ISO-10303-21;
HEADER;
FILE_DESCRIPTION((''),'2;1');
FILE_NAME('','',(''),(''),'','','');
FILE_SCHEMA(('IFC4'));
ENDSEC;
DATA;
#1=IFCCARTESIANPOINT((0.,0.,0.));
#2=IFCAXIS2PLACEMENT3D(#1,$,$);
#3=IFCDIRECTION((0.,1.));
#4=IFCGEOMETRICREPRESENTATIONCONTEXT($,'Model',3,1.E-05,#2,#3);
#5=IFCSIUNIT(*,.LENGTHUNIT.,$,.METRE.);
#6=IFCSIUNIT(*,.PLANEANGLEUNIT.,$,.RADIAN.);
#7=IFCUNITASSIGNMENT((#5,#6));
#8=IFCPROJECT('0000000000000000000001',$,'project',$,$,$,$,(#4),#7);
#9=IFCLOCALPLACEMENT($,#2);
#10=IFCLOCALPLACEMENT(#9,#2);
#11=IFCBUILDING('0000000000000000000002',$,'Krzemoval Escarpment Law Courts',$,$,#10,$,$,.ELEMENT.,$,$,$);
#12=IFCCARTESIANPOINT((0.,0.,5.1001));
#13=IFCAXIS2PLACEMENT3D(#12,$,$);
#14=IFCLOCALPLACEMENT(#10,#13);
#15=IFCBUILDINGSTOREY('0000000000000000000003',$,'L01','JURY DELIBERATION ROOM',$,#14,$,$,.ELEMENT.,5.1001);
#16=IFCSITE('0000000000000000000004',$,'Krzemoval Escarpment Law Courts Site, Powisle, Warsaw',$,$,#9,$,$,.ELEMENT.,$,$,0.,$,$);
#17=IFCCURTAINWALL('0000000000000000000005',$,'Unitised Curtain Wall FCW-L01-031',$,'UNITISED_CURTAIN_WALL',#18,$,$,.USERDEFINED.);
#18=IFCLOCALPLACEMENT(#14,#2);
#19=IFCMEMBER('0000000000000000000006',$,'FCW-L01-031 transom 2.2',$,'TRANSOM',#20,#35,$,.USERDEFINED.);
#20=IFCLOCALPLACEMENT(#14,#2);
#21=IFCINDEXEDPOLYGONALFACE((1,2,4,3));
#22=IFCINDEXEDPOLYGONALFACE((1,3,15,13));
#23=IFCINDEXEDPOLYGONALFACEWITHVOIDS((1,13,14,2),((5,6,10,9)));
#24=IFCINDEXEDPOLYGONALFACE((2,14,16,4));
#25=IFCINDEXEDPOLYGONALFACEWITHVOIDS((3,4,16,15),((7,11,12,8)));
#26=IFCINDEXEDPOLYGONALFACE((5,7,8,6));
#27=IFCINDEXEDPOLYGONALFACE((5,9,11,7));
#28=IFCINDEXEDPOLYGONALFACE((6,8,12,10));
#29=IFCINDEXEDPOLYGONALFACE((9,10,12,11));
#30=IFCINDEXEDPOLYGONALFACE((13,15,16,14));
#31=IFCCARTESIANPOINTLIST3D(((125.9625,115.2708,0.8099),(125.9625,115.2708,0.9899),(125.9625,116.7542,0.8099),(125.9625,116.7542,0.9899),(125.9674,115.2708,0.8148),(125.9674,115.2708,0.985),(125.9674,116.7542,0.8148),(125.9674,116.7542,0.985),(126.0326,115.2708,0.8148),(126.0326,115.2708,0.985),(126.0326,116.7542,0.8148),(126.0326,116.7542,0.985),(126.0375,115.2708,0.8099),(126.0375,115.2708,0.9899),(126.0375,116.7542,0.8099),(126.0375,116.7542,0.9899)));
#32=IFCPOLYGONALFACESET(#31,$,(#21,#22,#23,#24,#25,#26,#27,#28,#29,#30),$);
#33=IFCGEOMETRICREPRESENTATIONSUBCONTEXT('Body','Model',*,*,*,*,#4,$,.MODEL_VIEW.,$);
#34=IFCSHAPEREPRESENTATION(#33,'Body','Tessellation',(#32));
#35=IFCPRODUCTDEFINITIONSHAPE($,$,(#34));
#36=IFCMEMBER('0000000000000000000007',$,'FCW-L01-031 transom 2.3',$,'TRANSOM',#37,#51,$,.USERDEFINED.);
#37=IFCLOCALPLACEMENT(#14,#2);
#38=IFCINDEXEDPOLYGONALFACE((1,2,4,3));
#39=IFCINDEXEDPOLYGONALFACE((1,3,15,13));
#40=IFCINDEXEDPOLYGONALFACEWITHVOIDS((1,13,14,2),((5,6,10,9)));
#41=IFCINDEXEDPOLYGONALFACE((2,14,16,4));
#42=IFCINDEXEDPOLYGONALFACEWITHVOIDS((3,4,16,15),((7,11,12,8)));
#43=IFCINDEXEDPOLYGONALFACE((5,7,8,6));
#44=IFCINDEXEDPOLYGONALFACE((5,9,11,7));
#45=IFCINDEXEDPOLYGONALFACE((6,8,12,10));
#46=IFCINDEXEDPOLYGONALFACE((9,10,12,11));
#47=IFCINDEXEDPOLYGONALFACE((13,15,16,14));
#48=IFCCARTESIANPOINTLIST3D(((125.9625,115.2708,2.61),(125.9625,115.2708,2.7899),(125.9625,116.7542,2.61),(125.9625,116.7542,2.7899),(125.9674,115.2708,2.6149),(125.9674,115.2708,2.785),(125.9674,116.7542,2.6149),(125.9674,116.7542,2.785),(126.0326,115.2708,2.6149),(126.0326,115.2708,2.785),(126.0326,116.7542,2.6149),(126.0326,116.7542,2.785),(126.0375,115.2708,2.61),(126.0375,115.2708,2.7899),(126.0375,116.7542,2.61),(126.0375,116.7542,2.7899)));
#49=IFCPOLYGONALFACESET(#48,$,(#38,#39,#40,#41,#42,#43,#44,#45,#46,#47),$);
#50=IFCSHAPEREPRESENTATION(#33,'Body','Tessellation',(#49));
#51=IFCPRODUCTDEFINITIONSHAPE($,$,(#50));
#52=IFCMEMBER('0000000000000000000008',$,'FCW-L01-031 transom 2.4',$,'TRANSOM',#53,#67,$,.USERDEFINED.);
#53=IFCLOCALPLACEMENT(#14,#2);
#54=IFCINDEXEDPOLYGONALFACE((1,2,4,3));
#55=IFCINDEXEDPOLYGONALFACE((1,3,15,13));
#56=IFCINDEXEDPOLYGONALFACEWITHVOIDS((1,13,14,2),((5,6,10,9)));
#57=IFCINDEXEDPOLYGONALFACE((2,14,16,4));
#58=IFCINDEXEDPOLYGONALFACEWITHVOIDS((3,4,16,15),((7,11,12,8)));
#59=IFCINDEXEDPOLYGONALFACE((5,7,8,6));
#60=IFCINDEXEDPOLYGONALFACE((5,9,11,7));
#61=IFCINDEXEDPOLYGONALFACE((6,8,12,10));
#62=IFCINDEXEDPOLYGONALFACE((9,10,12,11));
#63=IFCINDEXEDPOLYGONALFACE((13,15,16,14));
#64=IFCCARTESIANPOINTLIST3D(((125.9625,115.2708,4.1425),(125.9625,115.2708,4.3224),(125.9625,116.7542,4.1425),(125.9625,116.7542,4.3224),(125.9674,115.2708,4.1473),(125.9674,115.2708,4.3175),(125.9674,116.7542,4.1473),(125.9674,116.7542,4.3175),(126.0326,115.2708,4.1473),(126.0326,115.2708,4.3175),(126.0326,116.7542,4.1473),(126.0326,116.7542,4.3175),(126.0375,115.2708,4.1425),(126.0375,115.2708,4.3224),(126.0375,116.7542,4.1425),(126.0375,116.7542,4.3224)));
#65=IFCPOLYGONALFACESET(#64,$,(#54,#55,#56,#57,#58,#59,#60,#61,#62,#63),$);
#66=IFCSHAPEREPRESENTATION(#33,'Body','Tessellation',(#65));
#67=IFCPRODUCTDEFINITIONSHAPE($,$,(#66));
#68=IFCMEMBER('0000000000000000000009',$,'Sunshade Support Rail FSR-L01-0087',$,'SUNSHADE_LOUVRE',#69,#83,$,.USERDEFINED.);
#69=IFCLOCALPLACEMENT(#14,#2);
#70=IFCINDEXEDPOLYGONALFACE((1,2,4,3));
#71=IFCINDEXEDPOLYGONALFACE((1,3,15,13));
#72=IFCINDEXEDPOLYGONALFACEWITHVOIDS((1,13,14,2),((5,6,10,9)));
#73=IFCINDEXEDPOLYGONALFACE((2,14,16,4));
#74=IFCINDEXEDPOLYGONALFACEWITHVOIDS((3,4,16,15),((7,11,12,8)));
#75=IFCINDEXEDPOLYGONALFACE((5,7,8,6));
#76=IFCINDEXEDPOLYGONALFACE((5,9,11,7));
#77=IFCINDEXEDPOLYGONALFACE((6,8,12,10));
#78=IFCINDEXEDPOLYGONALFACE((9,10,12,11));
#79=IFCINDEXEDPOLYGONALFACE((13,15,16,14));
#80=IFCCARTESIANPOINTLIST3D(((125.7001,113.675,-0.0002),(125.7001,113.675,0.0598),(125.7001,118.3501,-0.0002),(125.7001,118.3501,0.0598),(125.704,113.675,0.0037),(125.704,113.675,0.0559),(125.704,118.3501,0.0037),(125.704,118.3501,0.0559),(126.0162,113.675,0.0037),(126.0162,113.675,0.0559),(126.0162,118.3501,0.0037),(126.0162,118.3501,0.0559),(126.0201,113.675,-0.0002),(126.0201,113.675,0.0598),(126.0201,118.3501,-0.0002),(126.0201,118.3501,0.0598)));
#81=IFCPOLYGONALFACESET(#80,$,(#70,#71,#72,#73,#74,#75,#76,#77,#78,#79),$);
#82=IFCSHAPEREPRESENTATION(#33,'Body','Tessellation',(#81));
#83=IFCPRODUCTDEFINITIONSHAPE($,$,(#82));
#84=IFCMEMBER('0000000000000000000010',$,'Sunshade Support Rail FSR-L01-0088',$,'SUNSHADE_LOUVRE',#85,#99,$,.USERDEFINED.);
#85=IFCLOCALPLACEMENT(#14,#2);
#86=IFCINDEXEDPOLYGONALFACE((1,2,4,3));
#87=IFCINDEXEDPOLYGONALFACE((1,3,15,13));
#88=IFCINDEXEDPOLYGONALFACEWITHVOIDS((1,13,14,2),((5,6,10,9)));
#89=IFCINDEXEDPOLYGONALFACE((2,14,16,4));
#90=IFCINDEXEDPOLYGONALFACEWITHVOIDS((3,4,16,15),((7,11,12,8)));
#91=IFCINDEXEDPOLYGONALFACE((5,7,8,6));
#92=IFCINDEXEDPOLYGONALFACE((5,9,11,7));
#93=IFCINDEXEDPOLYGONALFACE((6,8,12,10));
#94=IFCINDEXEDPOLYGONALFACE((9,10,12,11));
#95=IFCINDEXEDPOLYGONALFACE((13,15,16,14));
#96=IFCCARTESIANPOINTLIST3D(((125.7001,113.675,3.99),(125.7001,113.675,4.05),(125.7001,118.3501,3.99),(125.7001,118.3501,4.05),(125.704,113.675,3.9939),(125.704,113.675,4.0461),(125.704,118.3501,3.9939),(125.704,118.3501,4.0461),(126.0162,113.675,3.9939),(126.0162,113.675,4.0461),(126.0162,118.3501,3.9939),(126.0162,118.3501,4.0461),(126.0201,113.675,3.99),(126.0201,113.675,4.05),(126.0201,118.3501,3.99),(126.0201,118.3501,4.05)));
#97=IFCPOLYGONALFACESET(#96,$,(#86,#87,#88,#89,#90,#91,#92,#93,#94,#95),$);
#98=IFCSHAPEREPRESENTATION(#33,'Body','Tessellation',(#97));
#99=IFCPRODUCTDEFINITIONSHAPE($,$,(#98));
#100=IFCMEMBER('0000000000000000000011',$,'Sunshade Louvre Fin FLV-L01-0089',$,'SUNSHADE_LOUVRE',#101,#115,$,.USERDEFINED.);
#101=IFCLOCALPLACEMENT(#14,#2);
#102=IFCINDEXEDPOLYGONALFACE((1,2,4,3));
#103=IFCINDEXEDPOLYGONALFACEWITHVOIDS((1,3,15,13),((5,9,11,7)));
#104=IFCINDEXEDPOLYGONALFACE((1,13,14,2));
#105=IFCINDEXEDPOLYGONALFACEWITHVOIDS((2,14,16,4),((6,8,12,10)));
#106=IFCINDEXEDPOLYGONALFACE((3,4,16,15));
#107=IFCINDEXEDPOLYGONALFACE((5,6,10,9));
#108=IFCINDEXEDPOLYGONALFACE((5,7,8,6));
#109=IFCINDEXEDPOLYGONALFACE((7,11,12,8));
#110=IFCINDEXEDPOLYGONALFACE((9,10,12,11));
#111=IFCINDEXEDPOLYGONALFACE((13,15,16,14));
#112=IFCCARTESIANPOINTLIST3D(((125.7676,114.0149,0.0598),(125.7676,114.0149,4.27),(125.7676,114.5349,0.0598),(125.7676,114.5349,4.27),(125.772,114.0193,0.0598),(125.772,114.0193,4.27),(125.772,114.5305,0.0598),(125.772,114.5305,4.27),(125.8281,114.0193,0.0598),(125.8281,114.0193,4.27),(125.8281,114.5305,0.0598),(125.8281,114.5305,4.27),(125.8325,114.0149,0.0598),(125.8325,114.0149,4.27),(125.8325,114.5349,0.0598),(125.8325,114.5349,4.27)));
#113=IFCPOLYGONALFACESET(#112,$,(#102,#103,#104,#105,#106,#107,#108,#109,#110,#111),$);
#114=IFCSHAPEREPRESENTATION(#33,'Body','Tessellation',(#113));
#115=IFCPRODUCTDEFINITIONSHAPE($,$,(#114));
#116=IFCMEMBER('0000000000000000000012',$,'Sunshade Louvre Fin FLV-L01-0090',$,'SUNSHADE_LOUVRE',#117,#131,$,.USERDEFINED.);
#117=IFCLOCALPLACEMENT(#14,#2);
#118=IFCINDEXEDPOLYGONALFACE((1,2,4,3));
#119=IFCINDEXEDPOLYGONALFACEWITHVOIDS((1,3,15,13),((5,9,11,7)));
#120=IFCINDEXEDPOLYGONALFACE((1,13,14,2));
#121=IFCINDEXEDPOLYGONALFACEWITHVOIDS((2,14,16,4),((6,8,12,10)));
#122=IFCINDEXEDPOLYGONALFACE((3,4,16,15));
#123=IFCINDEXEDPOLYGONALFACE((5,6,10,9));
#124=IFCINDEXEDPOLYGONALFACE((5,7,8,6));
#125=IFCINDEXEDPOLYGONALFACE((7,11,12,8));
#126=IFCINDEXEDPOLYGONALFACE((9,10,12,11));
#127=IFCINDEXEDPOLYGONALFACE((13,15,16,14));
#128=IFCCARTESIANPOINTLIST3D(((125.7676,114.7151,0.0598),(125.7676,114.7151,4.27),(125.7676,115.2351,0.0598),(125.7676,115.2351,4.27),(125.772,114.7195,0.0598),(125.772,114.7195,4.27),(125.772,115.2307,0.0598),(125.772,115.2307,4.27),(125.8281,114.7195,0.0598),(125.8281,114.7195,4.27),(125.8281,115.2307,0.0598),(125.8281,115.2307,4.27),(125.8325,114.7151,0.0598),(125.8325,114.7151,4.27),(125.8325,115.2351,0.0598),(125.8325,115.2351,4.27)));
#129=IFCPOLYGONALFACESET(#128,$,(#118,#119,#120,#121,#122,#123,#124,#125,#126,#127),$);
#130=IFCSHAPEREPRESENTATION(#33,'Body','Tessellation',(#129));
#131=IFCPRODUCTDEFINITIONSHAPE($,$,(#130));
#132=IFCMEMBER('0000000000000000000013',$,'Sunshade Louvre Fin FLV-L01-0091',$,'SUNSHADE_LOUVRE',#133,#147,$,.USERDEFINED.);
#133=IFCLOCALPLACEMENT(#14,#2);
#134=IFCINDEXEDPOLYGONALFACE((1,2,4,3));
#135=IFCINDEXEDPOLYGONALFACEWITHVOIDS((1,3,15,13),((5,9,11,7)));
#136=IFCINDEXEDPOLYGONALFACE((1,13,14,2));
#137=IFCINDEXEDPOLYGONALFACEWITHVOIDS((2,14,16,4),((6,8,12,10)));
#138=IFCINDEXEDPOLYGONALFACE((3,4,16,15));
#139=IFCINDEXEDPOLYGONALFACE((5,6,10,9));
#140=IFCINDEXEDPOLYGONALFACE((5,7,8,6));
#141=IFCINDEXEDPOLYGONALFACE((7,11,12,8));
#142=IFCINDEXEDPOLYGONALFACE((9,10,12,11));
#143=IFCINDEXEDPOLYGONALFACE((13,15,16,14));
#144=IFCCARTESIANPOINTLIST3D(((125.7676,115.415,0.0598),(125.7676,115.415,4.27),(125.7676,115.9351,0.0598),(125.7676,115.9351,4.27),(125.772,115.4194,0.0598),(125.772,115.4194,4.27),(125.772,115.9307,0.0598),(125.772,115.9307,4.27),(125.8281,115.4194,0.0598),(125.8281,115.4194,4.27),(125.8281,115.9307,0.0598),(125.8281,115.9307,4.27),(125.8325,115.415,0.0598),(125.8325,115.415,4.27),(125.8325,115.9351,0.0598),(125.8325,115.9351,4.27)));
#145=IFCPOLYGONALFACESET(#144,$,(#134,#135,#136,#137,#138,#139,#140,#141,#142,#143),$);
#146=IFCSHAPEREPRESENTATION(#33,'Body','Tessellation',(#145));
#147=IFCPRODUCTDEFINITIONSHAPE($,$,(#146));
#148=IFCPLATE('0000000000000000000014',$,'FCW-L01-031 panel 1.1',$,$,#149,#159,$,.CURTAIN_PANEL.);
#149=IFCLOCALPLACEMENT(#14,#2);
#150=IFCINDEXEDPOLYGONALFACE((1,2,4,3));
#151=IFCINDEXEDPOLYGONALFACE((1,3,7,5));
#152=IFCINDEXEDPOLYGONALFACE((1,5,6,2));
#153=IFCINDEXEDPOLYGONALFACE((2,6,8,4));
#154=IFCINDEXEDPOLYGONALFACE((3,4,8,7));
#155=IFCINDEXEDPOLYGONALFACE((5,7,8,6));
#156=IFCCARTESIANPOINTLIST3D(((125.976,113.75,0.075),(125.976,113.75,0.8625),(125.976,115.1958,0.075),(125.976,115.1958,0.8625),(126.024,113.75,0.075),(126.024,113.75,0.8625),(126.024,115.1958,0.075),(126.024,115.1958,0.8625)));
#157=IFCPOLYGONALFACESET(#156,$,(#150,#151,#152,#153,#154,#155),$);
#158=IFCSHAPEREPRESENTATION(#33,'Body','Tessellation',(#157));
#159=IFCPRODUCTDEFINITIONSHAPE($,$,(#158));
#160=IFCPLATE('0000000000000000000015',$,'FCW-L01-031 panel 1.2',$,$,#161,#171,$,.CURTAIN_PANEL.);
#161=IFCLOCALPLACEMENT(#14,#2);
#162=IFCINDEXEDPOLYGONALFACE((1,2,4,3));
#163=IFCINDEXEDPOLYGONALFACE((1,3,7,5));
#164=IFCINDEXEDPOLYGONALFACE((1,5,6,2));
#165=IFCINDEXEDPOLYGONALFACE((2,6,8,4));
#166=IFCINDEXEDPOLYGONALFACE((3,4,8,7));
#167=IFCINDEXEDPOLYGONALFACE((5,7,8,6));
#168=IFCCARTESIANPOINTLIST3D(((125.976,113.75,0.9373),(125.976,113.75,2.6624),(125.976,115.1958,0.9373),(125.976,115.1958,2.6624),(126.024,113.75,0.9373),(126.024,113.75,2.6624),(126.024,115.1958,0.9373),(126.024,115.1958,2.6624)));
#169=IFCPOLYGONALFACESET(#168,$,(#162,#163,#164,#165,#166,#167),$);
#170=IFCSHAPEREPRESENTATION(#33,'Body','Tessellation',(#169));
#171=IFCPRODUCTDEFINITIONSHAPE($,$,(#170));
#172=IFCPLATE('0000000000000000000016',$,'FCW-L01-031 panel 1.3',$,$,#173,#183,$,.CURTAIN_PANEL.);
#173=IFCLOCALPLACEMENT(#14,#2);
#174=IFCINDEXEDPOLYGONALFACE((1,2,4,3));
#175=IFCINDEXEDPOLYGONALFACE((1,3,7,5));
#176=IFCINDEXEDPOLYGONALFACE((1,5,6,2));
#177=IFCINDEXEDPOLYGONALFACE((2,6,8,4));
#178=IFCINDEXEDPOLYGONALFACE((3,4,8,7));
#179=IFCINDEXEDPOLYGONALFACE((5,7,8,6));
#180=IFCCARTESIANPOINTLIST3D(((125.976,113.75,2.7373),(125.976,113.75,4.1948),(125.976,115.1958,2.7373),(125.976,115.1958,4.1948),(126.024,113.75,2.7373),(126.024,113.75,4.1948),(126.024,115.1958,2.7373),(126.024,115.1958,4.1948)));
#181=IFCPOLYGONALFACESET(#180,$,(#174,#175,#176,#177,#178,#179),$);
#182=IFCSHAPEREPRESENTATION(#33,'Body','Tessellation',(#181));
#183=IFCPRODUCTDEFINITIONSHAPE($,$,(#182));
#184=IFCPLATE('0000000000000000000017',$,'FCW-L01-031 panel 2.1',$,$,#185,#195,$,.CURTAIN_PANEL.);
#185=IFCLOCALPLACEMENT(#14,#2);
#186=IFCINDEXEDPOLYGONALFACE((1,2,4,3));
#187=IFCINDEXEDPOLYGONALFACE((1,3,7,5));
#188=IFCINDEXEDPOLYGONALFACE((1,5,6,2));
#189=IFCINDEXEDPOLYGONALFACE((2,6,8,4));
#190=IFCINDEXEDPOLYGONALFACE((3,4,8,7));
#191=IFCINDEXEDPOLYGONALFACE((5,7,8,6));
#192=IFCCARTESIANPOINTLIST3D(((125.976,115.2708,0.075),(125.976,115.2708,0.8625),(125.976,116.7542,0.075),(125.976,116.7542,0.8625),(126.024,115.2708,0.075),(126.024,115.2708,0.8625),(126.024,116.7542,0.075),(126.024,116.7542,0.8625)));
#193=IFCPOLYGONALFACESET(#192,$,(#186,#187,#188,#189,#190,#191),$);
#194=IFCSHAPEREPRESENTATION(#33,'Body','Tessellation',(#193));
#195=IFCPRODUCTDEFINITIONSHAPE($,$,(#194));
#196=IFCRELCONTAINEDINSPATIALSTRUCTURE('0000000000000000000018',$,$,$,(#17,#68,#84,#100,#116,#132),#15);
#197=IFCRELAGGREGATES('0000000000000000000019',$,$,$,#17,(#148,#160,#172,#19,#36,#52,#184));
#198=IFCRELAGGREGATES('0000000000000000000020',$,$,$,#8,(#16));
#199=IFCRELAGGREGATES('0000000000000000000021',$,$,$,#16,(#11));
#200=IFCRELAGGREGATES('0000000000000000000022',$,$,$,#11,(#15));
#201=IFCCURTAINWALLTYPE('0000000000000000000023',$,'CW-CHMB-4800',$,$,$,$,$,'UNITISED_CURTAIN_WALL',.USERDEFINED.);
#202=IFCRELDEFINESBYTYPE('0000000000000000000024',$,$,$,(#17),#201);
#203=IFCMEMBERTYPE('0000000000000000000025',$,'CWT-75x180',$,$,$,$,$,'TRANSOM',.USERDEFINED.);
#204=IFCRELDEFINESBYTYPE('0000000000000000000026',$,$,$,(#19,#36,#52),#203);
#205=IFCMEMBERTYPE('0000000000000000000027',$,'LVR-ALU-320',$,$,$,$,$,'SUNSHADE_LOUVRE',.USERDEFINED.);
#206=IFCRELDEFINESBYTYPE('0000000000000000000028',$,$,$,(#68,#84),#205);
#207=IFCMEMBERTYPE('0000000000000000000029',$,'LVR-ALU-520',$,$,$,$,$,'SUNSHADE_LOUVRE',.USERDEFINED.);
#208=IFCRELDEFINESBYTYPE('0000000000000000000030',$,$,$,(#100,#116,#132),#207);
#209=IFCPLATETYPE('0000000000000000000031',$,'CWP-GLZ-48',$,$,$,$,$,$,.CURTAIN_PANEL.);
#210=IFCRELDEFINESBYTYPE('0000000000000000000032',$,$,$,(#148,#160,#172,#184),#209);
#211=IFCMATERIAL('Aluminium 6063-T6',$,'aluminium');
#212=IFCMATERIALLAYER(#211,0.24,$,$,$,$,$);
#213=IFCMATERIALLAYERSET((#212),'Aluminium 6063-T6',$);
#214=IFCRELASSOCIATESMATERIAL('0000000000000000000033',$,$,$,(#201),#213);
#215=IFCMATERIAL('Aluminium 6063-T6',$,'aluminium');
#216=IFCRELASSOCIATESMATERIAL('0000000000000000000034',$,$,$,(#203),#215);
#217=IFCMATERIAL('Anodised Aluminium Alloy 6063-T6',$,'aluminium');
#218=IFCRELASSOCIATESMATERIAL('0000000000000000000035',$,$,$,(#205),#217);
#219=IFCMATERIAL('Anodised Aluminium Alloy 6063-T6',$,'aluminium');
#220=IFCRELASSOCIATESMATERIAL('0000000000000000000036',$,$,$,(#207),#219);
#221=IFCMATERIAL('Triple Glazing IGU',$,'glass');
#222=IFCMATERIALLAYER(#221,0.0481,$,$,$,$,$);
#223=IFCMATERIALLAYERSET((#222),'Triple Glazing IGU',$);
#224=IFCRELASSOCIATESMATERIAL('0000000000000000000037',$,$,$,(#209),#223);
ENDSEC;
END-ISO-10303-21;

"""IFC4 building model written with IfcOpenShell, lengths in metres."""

from ifc_helpers import new_model, si_unit, direction, frame, origin, origin_2d, place, context, subcontext, project, spatial, rectangle, hollow_rectangle, extrude, material, layer, layer_set, material_profile, profile_set, type_object, element, aggregate, save


model = new_model("IFC4")

# Units and contexts
model_context = context("Model", 3, precision=1e-05, world=origin(), true_north=direction((0.0, 1.0)))
body_context = subcontext(model_context, "Body", "Model", "MODEL_VIEW")
ifc_project = project(units=[si_unit("LENGTHUNIT", "METRE"), si_unit("PLANEANGLEUNIT", "RADIAN")], contexts=[model_context])

# Site, building, storey
site_placement = place(None, origin())
site = spatial("IfcSite", under=ifc_project, at=site_placement, Name="Krzemoval Escarpment Law Courts Site, Powisle, Warsaw", CompositionType="ELEMENT", RefElevation=0.0)
building_placement = place(site_placement, origin())
building = spatial("IfcBuilding", under=site, at=building_placement, Name="Krzemoval Escarpment Law Courts", CompositionType="ELEMENT")
storey_placement = place(building_placement, frame((0.0, 0.0, 5.1001)))
storey = spatial("IfcBuildingStorey", under=building, at=storey_placement, Name="L01", Description="JURY DELIBERATION ROOM", CompositionType="ELEMENT", Elevation=5.1001)

# Curtain wall, members
ifc_material_1 = material(Name="Aluminium 6063-T6", Category="aluminium")
ifc_layer_1 = layer(ifc_material_1, 0.24)
ifc_layer_set_1 = layer_set([ifc_layer_1], Name="Aluminium 6063-T6")
curtain_wall_type = type_object("IfcCurtainWallType", Name="CW-CHMB-4800", ElementType="UNITISED_CURTAIN_WALL", PredefinedType="USERDEFINED", material=ifc_layer_set_1)
curtain_wall_placement = place(storey_placement, origin())
curtain_wall = element("IfcCurtainWall", 1, at=curtain_wall_placement, inside=storey, type_object=curtain_wall_type, Name="Unitised Curtain Wall FCW-L01-031", ObjectType="UNITISED_CURTAIN_WALL", PredefinedType="USERDEFINED")
ifc_material_2 = material(Name="Aluminium 6063-T6", Category="aluminium")
ifc_material_profile_1 = material_profile(ifc_material_2, hollow_rectangle(XDim=0.075, YDim=0.1799, WallThickness=0.0049, at=origin_2d()), Name="ALU T75x180")
ifc_profile_set_1 = profile_set([ifc_material_profile_1], Name="Aluminium 6063-T6")
member_type_1 = type_object("IfcMemberType", Name="CWT-75x180", ElementType="TRANSOM", PredefinedType="USERDEFINED", material=ifc_profile_set_1)
member_1_placement = place(storey_placement, frame((126.0, 115.2708, 0.8999), z_axis=(0.0, 1.0, 0.0), x_axis=(-1.0, 0.0, 0.0)))
member_1 = element("IfcMember", 2, at=member_1_placement, type_object=member_type_1, Name="FCW-L01-031 transom 2.2", ObjectType="TRANSOM", PredefinedType="USERDEFINED", context=body_context, shape_type="SweptSolid", body=[
    extrude(hollow_rectangle(XDim=0.075, YDim=0.1799, WallThickness=0.0049, at=origin_2d()), origin(), (0.0, 0.0, 1.0), 1.4834),
])
member_2_placement = place(storey_placement, frame((126.0, 115.2708, 2.7), z_axis=(0.0, 1.0, 0.0), x_axis=(-1.0, 0.0, 0.0)))
member_2 = element("IfcMember", 3, at=member_2_placement, type_object=member_type_1, Name="FCW-L01-031 transom 2.3", ObjectType="TRANSOM", PredefinedType="USERDEFINED", context=body_context, shape_type="SweptSolid", body=[
    extrude(hollow_rectangle(XDim=0.075, YDim=0.1799, WallThickness=0.0049, at=origin_2d()), origin(), (0.0, 0.0, 1.0), 1.4834),
])
member_3_placement = place(storey_placement, frame((126.0, 115.2708, 4.2324), z_axis=(0.0, 1.0, 0.0), x_axis=(-1.0, 0.0, 0.0)))
member_3 = element("IfcMember", 4, at=member_3_placement, type_object=member_type_1, Name="FCW-L01-031 transom 2.4", ObjectType="TRANSOM", PredefinedType="USERDEFINED", context=body_context, shape_type="SweptSolid", body=[
    extrude(hollow_rectangle(XDim=0.075, YDim=0.1799, WallThickness=0.0049, at=origin_2d()), origin(), (0.0, 0.0, 1.0), 1.4834),
])

# Members
ifc_material_3 = material(Name="Anodised Aluminium Alloy 6063-T6", Category="aluminium")
ifc_material_profile_2 = material_profile(ifc_material_3, hollow_rectangle(XDim=0.0601, YDim=0.3201, WallThickness=0.0039, at=origin_2d()), Name="ALU LVR 60x320")
ifc_profile_set_2 = profile_set([ifc_material_profile_2], Name="Anodised Aluminium Alloy 6063-T6")
member_type_2 = type_object("IfcMemberType", Name="LVR-ALU-320", ElementType="SUNSHADE_LOUVRE", PredefinedType="USERDEFINED", material=ifc_profile_set_2)
for number, where, z_axis, x_axis, name in (
    (5, (125.8601, 113.675, 0.0298), (0.0, 1.0, 0.0), (0.0, 0.0, 1.0), "Sunshade Support Rail FSR-L01-0087"),
    (6, (125.8601, 113.675, 4.02), (0.0, 1.0, 0.0), (0.0, 0.0, 1.0), "Sunshade Support Rail FSR-L01-0088"),
):
    element("IfcMember", number, at=place(storey_placement, frame(where, z_axis=z_axis, x_axis=x_axis)), inside=storey, type_object=member_type_2, Name=name, ObjectType="SUNSHADE_LOUVRE", PredefinedType="USERDEFINED", context=body_context, shape_type="SweptSolid", body=[
        extrude(hollow_rectangle(XDim=0.0601, YDim=0.3201, WallThickness=0.0039, at=origin_2d()), origin(), (0.0, 0.0, 1.0), 4.675),
    ])
ifc_material_4 = material(Name="Anodised Aluminium Alloy 6063-T6", Category="aluminium")
ifc_material_profile_3 = material_profile(ifc_material_4, hollow_rectangle(XDim=0.0649, YDim=0.52, WallThickness=0.0044, at=origin_2d()), Name="ALU LVR 65x520")
ifc_profile_set_3 = profile_set([ifc_material_profile_3], Name="Anodised Aluminium Alloy 6063-T6")
member_type_3 = type_object("IfcMemberType", Name="LVR-ALU-520", ElementType="SUNSHADE_LOUVRE", PredefinedType="USERDEFINED", material=ifc_profile_set_3)
for number, where, z_axis, x_axis, name in (
    (7, (125.8, 114.2749, 0.0598), (0.0, 0.0, 1.0), (1.0, 0.0, 0.0), "Sunshade Louvre Fin FLV-L01-0089"),
    (8, (125.8, 114.9751, 0.0598), (0.0, 0.0, 1.0), (1.0, 0.0, 0.0), "Sunshade Louvre Fin FLV-L01-0090"),
    (9, (125.8, 115.675, 0.0598), (0.0, 0.0, 1.0), (1.0, 0.0, 0.0), "Sunshade Louvre Fin FLV-L01-0091"),
):
    element("IfcMember", number, at=place(storey_placement, frame(where, z_axis=z_axis, x_axis=x_axis)), inside=storey, type_object=member_type_3, Name=name, ObjectType="SUNSHADE_LOUVRE", PredefinedType="USERDEFINED", context=body_context, shape_type="SweptSolid", body=[
        extrude(hollow_rectangle(XDim=0.0649, YDim=0.52, WallThickness=0.0044, at=origin_2d()), origin(), (0.0, 0.0, 1.0), 4.2102),
    ])

# Plates
ifc_material_5 = material(Name="Triple Glazing IGU", Category="glass")
ifc_layer_2 = layer(ifc_material_5, 0.0481)
ifc_layer_set_2 = layer_set([ifc_layer_2], Name="Triple Glazing IGU")
plate_type = type_object("IfcPlateType", Name="CWP-GLZ-48", PredefinedType="CURTAIN_PANEL", material=ifc_layer_set_2)
plate_1_placement = place(storey_placement, frame((126.0, 114.4729, 0.075), z_axis=(0.0, 0.0, 1.0), x_axis=(0.0, 1.0, 0.0)))
plate_1 = element("IfcPlate", 10, at=plate_1_placement, type_object=plate_type, Name="FCW-L01-031 panel 1.1", PredefinedType="CURTAIN_PANEL", context=body_context, shape_type="SweptSolid", body=[
    extrude(rectangle(XDim=1.4458, YDim=0.0481, at=origin_2d()), origin(), (0.0, 0.0, 1.0), 0.7876),
])
plate_2_placement = place(storey_placement, frame((126.0, 114.4729, 0.9373), z_axis=(0.0, 0.0, 1.0), x_axis=(0.0, 1.0, 0.0)))
plate_2 = element("IfcPlate", 11, at=plate_2_placement, type_object=plate_type, Name="FCW-L01-031 panel 1.2", PredefinedType="CURTAIN_PANEL", context=body_context, shape_type="SweptSolid", body=[
    extrude(rectangle(XDim=1.4458, YDim=0.0481, at=origin_2d()), origin(), (0.0, 0.0, 1.0), 1.7251),
])
plate_3_placement = place(storey_placement, frame((126.0, 114.4729, 2.7373), z_axis=(0.0, 0.0, 1.0), x_axis=(0.0, 1.0, 0.0)))
plate_3 = element("IfcPlate", 12, at=plate_3_placement, type_object=plate_type, Name="FCW-L01-031 panel 1.3", PredefinedType="CURTAIN_PANEL", context=body_context, shape_type="SweptSolid", body=[
    extrude(rectangle(XDim=1.4458, YDim=0.0481, at=origin_2d()), origin(), (0.0, 0.0, 1.0), 1.4575),
])
plate_4_placement = place(storey_placement, frame((126.0, 116.0125, 0.075), z_axis=(0.0, 0.0, 1.0), x_axis=(0.0, 1.0, 0.0)))
plate_4 = element("IfcPlate", 13, at=plate_4_placement, type_object=plate_type, Name="FCW-L01-031 panel 2.1", PredefinedType="CURTAIN_PANEL", context=body_context, shape_type="SweptSolid", body=[
    extrude(rectangle(XDim=1.4834, YDim=0.0481, at=origin_2d()), origin(), (0.0, 0.0, 1.0), 0.7876),
])
aggregate(curtain_wall, [plate_1, plate_2, plate_3, member_1, member_2, member_3, plate_4])

save(model, "model.ifc")
